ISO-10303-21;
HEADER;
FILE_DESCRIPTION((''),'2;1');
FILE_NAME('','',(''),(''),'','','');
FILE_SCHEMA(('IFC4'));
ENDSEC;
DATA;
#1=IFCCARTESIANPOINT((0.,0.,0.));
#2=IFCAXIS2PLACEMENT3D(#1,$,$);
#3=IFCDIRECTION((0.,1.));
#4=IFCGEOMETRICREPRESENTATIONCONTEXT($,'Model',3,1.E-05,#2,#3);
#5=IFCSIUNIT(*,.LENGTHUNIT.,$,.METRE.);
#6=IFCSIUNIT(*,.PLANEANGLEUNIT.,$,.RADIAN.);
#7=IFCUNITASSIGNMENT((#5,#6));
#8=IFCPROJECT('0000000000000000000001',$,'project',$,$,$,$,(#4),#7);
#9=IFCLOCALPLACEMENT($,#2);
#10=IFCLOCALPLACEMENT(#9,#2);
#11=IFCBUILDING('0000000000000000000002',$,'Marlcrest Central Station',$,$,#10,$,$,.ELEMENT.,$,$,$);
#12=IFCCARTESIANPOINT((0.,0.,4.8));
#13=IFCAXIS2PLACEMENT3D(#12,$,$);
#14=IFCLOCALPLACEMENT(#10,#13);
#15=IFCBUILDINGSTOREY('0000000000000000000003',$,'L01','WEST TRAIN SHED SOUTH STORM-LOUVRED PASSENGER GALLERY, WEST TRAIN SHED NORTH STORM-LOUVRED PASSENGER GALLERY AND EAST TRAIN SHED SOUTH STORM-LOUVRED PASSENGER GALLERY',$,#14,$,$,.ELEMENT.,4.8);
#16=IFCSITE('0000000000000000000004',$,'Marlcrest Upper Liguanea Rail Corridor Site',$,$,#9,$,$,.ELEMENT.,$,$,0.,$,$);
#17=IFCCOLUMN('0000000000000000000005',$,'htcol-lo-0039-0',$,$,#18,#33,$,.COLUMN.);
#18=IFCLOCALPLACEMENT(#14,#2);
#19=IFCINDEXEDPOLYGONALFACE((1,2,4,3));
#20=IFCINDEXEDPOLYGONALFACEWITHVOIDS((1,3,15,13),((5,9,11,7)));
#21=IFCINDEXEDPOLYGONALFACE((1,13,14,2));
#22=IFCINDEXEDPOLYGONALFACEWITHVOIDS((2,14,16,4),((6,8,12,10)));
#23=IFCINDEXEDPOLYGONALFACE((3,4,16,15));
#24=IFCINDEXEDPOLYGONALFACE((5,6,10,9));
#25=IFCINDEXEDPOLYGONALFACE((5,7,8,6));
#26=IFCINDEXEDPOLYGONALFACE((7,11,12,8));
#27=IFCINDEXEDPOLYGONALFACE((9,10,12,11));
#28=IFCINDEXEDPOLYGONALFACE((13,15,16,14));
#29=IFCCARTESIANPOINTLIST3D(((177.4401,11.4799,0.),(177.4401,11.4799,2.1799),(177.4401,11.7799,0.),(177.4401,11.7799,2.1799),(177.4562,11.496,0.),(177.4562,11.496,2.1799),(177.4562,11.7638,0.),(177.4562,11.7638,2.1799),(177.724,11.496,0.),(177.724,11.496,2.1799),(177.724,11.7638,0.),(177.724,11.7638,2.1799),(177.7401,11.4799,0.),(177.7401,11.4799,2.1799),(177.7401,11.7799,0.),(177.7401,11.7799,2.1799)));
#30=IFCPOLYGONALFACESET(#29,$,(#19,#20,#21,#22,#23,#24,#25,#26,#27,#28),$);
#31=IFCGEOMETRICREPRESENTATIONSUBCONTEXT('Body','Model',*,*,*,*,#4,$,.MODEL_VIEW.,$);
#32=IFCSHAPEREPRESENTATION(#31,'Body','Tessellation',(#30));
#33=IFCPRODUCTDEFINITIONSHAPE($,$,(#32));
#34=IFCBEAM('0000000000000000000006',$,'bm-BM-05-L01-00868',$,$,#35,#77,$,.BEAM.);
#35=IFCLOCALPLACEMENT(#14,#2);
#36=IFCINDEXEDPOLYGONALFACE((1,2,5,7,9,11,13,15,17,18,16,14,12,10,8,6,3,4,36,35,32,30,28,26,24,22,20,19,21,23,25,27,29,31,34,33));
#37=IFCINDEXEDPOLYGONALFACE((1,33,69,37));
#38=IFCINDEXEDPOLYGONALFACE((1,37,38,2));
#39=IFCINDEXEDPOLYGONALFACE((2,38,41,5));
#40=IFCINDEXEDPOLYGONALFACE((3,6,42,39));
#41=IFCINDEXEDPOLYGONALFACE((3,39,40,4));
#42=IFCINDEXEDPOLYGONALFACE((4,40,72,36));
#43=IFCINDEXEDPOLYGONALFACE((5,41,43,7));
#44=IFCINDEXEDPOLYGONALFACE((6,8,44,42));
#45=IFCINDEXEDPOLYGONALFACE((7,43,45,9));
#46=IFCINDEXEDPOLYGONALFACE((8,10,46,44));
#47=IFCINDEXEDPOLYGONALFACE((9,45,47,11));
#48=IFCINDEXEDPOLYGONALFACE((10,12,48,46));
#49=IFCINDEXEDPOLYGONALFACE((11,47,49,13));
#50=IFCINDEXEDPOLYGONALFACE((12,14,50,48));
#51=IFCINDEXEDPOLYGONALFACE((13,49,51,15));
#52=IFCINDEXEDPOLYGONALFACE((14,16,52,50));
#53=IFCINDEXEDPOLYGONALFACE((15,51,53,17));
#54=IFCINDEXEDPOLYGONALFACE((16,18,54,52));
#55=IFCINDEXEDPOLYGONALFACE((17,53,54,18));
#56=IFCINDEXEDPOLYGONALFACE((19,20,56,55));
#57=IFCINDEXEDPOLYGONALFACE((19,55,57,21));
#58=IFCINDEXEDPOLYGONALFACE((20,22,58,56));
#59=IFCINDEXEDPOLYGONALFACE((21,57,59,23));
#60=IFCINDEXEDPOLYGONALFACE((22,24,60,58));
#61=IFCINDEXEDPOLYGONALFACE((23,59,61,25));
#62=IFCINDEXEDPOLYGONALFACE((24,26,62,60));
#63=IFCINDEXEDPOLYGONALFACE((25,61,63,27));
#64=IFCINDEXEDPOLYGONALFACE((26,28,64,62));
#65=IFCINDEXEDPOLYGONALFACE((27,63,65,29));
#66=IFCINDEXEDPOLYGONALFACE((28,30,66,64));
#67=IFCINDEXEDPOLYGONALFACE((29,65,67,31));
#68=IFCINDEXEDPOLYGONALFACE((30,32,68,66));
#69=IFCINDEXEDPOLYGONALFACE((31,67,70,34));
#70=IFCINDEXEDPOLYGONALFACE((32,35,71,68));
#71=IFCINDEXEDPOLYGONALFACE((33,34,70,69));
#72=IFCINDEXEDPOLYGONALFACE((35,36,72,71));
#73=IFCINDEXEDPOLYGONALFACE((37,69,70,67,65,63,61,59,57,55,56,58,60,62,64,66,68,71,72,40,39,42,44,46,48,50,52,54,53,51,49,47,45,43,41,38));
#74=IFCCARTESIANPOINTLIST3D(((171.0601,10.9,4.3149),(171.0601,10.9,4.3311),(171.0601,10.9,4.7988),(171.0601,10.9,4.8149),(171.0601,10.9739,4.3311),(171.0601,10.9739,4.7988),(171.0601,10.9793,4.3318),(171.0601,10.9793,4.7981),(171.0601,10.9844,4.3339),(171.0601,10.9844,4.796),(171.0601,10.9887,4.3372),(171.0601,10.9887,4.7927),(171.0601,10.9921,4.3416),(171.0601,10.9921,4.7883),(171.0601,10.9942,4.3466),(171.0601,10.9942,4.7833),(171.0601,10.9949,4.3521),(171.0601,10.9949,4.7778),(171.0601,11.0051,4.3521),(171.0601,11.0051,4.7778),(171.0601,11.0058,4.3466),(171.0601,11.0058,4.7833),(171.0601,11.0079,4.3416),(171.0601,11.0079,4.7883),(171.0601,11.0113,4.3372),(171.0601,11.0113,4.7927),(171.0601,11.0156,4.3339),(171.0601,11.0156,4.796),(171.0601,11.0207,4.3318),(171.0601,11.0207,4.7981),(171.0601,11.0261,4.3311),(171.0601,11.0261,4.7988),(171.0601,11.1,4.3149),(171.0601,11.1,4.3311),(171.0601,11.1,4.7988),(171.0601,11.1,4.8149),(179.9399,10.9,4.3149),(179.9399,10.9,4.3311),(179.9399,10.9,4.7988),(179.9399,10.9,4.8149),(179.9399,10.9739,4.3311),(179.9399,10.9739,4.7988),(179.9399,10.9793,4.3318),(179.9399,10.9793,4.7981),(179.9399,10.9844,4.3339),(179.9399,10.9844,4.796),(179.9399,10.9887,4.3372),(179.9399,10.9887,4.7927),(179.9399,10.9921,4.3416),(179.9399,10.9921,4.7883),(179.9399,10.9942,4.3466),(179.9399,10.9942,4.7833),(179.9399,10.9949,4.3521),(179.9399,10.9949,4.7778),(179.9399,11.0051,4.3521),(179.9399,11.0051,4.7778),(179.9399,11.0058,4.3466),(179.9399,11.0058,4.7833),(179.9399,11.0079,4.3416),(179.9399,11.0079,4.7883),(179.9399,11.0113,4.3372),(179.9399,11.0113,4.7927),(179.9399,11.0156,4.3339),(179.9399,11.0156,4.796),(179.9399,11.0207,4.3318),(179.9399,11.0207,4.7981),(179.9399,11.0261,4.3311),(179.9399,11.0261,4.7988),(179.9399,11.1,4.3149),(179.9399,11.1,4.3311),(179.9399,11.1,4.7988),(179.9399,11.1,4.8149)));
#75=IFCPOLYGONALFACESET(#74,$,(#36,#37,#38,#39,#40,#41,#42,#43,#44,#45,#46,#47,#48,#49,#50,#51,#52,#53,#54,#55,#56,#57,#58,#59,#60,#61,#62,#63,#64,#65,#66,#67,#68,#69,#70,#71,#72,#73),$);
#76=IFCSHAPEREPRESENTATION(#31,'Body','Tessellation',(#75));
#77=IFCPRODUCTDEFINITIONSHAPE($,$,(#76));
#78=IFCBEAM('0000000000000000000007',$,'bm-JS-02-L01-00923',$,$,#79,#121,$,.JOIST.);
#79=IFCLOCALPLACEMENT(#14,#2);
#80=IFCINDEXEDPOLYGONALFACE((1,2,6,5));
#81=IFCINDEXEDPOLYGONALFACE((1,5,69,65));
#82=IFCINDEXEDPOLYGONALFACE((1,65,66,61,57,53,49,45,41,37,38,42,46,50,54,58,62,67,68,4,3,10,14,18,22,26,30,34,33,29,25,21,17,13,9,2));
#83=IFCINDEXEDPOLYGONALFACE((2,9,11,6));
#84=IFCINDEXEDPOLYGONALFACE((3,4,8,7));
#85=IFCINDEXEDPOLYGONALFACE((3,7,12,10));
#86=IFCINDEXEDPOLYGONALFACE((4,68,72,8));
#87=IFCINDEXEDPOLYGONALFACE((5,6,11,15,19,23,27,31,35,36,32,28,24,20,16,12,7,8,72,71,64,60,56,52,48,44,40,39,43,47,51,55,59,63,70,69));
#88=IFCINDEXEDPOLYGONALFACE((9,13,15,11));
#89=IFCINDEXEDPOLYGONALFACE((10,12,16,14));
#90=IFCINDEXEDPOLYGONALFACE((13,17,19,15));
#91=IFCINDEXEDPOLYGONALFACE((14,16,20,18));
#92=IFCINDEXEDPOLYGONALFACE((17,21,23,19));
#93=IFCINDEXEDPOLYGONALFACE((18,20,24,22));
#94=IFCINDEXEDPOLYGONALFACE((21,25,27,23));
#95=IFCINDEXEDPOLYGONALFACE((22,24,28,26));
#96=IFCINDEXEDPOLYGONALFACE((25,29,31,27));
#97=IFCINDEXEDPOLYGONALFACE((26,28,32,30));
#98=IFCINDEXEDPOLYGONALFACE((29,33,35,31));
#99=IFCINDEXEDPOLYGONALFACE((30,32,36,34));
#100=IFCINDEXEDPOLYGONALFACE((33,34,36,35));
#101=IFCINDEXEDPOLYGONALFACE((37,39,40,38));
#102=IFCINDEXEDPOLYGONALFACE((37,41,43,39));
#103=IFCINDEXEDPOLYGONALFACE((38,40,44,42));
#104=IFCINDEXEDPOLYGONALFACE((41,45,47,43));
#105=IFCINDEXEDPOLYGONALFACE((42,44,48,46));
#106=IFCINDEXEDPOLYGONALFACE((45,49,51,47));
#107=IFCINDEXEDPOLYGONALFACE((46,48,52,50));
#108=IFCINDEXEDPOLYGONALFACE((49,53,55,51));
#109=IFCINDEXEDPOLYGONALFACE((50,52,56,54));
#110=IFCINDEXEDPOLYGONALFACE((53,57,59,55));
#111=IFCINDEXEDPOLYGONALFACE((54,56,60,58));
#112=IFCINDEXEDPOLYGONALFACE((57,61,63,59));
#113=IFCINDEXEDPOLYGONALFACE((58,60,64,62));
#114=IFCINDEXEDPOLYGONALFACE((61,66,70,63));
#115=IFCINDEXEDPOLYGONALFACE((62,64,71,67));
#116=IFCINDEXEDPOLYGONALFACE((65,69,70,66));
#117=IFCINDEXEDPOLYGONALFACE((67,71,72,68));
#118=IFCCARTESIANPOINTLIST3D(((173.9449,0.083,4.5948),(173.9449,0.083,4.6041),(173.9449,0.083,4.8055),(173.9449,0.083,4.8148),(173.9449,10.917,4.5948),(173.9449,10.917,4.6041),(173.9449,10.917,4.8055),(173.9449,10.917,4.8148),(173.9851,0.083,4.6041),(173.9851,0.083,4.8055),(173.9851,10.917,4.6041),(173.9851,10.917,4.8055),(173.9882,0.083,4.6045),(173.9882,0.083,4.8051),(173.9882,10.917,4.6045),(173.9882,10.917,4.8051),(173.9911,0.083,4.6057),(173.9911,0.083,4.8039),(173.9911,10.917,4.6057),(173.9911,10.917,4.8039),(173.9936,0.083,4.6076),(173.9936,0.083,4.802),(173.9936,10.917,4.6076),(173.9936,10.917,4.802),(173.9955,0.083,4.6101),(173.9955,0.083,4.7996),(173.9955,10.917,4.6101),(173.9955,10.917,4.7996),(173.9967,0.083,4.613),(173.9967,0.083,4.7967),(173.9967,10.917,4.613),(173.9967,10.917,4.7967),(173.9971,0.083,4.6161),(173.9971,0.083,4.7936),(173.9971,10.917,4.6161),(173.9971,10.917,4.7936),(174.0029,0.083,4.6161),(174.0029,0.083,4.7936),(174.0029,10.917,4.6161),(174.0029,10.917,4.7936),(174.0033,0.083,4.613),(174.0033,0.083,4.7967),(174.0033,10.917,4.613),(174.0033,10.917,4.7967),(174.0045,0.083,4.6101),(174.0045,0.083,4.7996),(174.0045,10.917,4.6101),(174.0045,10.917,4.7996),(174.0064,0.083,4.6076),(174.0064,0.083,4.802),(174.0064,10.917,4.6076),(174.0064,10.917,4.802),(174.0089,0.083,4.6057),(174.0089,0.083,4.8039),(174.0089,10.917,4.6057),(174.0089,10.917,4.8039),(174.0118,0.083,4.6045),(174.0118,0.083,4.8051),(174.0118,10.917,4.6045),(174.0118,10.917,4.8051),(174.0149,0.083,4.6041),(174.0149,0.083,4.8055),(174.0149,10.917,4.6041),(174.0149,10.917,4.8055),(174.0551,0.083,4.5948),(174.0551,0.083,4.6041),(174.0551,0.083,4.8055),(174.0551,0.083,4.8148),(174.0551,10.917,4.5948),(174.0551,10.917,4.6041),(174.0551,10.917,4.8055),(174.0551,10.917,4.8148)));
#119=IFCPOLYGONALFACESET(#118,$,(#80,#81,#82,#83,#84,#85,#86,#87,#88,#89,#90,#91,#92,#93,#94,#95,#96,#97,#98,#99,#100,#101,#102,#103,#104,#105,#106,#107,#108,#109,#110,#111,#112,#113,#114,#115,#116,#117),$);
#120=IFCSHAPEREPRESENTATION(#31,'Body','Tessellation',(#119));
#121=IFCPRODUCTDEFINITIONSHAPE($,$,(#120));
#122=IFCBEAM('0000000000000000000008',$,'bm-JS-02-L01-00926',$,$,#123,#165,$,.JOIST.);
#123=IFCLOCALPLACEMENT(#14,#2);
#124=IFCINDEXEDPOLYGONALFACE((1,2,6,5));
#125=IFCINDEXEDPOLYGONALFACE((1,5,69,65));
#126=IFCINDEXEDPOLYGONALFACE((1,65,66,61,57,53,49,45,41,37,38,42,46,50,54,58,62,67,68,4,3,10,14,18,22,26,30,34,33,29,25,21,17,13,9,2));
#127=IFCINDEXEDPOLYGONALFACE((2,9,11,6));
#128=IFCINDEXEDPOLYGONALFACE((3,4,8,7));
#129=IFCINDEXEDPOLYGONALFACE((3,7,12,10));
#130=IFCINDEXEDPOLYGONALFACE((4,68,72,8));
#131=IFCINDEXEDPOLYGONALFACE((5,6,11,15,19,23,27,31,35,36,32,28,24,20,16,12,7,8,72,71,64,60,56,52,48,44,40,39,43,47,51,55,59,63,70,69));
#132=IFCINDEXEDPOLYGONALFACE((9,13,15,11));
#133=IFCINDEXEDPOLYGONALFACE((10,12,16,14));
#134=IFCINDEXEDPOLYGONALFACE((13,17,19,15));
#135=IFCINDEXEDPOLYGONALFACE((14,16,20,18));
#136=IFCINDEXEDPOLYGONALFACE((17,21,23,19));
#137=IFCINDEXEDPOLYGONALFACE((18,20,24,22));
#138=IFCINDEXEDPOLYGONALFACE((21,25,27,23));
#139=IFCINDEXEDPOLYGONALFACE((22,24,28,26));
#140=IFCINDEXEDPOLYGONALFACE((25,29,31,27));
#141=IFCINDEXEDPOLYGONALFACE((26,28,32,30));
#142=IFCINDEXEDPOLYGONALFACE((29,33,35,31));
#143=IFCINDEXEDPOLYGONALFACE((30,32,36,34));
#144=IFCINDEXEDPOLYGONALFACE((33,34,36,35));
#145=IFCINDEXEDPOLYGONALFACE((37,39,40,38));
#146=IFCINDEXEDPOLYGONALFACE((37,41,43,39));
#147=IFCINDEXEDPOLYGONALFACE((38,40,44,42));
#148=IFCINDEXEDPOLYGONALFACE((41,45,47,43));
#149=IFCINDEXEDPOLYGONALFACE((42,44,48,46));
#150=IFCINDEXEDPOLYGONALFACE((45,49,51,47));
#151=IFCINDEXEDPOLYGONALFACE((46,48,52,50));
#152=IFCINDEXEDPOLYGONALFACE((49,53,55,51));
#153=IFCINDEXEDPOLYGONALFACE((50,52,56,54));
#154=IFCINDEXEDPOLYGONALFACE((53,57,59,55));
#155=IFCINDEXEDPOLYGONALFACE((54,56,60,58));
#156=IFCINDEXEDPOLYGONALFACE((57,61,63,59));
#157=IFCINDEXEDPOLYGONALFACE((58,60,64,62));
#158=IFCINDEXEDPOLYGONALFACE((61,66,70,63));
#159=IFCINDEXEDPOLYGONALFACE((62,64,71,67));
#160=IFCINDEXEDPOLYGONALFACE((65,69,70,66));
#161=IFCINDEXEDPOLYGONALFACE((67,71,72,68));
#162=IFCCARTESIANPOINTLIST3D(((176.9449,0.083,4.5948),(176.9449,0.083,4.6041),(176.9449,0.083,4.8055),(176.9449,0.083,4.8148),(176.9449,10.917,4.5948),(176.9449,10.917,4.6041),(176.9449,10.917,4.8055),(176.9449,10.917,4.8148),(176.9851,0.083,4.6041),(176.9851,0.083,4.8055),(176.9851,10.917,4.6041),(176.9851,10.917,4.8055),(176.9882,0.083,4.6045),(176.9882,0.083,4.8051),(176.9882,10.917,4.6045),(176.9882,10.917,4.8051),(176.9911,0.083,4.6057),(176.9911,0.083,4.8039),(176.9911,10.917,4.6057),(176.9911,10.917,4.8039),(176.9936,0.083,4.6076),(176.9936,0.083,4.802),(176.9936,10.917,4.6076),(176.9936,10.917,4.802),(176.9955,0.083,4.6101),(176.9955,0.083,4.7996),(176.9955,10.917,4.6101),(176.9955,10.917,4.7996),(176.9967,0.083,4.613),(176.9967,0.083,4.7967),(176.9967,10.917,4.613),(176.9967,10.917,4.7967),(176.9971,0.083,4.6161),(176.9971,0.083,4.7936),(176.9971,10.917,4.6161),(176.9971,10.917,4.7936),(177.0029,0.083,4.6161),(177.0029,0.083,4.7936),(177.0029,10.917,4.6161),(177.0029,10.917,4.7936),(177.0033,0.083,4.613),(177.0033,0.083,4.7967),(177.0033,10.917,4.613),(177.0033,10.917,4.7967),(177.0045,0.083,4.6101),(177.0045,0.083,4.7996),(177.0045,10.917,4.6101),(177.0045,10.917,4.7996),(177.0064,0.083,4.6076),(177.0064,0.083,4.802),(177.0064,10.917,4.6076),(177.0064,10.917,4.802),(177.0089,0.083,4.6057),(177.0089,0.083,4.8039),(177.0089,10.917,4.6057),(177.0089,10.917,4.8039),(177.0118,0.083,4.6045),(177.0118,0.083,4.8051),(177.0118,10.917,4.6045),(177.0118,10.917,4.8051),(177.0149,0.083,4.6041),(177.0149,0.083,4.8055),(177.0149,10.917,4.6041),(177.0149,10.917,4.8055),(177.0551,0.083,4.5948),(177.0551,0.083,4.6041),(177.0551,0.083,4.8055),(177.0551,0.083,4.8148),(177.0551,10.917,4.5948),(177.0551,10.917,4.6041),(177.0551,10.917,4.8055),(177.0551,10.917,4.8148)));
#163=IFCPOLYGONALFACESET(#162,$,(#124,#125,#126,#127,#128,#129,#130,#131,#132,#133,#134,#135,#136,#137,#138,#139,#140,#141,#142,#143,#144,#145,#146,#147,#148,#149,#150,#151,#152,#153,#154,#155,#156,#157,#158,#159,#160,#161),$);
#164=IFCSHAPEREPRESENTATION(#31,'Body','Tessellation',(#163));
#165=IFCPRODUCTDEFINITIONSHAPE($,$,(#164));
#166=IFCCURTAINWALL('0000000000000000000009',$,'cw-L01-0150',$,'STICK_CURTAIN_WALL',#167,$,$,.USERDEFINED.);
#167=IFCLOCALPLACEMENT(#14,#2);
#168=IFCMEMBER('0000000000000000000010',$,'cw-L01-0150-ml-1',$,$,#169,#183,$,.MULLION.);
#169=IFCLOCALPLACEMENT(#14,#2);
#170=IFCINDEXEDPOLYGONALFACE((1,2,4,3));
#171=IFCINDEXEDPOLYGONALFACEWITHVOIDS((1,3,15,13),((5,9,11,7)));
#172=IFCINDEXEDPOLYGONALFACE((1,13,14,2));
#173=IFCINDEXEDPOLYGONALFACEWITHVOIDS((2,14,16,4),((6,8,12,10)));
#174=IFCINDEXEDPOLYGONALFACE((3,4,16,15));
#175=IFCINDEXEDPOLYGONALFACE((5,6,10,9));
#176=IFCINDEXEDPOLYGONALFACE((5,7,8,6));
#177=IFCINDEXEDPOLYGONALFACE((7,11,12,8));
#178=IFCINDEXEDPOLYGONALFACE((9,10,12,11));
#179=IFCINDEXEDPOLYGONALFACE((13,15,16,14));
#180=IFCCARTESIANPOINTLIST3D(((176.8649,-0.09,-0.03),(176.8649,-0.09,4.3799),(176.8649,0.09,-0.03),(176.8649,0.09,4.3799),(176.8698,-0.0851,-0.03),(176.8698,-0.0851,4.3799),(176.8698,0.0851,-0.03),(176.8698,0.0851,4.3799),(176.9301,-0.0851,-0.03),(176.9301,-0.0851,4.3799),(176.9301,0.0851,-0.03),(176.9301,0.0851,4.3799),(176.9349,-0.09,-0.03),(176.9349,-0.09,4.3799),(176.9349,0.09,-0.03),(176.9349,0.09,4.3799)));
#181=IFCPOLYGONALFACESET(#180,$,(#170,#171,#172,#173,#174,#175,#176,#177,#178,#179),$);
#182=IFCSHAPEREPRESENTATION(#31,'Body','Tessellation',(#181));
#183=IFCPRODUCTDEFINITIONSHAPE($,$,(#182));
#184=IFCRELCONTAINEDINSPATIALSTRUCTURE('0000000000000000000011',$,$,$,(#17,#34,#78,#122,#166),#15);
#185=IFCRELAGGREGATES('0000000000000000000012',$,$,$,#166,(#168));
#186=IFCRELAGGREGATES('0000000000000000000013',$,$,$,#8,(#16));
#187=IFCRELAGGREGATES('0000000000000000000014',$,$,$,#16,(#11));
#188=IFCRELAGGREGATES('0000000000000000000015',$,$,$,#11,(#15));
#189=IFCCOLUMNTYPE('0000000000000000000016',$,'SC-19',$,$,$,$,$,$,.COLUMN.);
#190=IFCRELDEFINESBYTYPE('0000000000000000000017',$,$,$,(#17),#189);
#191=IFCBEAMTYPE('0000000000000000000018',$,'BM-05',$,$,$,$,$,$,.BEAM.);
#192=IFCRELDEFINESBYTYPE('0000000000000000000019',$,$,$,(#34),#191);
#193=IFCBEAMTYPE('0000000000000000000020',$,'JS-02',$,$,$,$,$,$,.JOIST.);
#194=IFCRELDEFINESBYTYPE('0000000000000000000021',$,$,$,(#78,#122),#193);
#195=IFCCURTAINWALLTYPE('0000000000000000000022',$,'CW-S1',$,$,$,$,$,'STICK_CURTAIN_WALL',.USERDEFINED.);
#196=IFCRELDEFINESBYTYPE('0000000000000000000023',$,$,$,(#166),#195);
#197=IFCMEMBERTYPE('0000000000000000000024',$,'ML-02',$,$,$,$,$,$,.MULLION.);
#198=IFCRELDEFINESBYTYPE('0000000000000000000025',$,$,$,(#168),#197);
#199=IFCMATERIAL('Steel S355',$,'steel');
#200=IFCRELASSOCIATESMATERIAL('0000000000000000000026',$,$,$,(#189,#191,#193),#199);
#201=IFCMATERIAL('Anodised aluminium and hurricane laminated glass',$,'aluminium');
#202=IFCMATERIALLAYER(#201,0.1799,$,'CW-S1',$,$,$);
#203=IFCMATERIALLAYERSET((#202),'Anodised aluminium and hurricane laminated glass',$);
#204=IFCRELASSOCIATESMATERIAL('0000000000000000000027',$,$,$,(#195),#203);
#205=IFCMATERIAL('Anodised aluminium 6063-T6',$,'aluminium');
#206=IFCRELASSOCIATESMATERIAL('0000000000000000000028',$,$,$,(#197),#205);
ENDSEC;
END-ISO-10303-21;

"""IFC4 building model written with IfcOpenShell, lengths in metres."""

from ifc_helpers import new_model, si_unit, direction, frame, origin, origin_2d, place, context, subcontext, project, spatial, hollow_rectangle, i_section, extrude, material, layer, layer_set, material_profile, profile_set, type_object, element, aggregate, save


model = new_model("IFC4")

# Units and contexts
model_context = context("Model", 3, precision=1e-05, world=origin(), true_north=direction((0.0, 1.0)))
body_context = subcontext(model_context, "Body", "Model", "MODEL_VIEW")
ifc_project = project(units=[si_unit("LENGTHUNIT", "METRE"), si_unit("PLANEANGLEUNIT", "RADIAN")], contexts=[model_context])

# Site, building, storey
site_placement = place(None, origin())
site = spatial("IfcSite", under=ifc_project, at=site_placement, Name="Marlcrest Upper Liguanea Rail Corridor Site", CompositionType="ELEMENT", RefElevation=0.0)
building_placement = place(site_placement, origin())
building = spatial("IfcBuilding", under=site, at=building_placement, Name="Marlcrest Central Station", CompositionType="ELEMENT")
storey_placement = place(building_placement, frame((0.0, 0.0, 4.8)))
storey = spatial("IfcBuildingStorey", under=building, at=storey_placement, Name="L01", Description="WEST TRAIN SHED SOUTH STORM-LOUVRED PASSENGER GALLERY, WEST TRAIN SHED NORTH STORM-LOUVRED PASSENGER GALLERY AND EAST TRAIN SHED SOUTH STORM-LOUVRED PASSENGER GALLERY", CompositionType="ELEMENT", Elevation=4.8)

# Column
ifc_material_1 = material(Name="Steel S355", Category="steel")
ifc_material_profile_1 = material_profile(ifc_material_1, hollow_rectangle(XDim=0.3, YDim=0.3, WallThickness=0.0161, at=origin_2d()), Name="SHS 300x300x16")
ifc_profile_set_1 = profile_set([ifc_material_profile_1], Name="Steel S355")
column_type = type_object("IfcColumnType", Name="SC-19", PredefinedType="COLUMN", material=ifc_profile_set_1)
column_placement = place(storey_placement, frame((177.5901, 11.6299, 0.0), z_axis=(0.0, 0.0, 1.0), x_axis=(1.0, 0.0, 0.0)))
element("IfcColumn", 1, at=column_placement, inside=storey, type_object=column_type, Name="htcol-lo-0039-0", PredefinedType="COLUMN", context=body_context, shape_type="SweptSolid", body=[
    extrude(hollow_rectangle(XDim=0.3, YDim=0.3, WallThickness=0.0161, at=origin_2d()), origin(), (0.0, 0.0, 1.0), 2.1799),
])

# Beams
ifc_material_profile_2 = material_profile(ifc_material_1, i_section(OverallWidth=0.2, OverallDepth=0.5, WebThickness=0.0103, FlangeThickness=0.0161, FilletRadius=0.021, at=origin_2d()), Name="IPE 500")
ifc_profile_set_2 = profile_set([ifc_material_profile_2], Name="Steel S355")
beam_type_1 = type_object("IfcBeamType", Name="BM-05", PredefinedType="BEAM", material=ifc_profile_set_2)
beam_placement = place(storey_placement, frame((171.0601, 11.0, 4.5649), z_axis=(1.0, 0.0, 0.0), x_axis=(0.0, 1.0, 0.0)))
element("IfcBeam", 2, at=beam_placement, inside=storey, type_object=beam_type_1, Name="bm-BM-05-L01-00868", PredefinedType="BEAM", context=body_context, shape_type="SweptSolid", body=[
    extrude(i_section(OverallWidth=0.2, OverallDepth=0.5, WebThickness=0.0103, FlangeThickness=0.0161, FilletRadius=0.021, at=origin_2d()), origin(), (0.0, 0.0, 1.0), 8.8799),
])
ifc_material_profile_3 = material_profile(ifc_material_1, i_section(OverallWidth=0.1101, OverallDepth=0.22, WebThickness=0.0059, FlangeThickness=0.0093, FilletRadius=0.012, at=origin_2d()), Name="IPE 220")
ifc_profile_set_3 = profile_set([ifc_material_profile_3], Name="Steel S355")
beam_type_2 = type_object("IfcBeamType", Name="JS-02", PredefinedType="JOIST", material=ifc_profile_set_3)
for number, where, z_axis, x_axis, name in (
    (3, (174.0, 0.083, 4.7048), (0.0, 1.0, 0.0), (-1.0, 0.0, 0.0), "bm-JS-02-L01-00923"),
    (4, (177.0, 0.083, 4.7048), (0.0, 1.0, 0.0), (-1.0, 0.0, 0.0), "bm-JS-02-L01-00926"),
):
    element("IfcBeam", number, at=place(storey_placement, frame(where, z_axis=z_axis, x_axis=x_axis)), inside=storey, type_object=beam_type_2, Name=name, PredefinedType="JOIST", context=body_context, shape_type="SweptSolid", body=[
        extrude(i_section(OverallWidth=0.1101, OverallDepth=0.22, WebThickness=0.0059, FlangeThickness=0.0093, FilletRadius=0.012, at=origin_2d()), origin(), (0.0, 0.0, 1.0), 10.834),
    ])

# Curtain wall, member
ifc_material_2 = material(Name="Anodised aluminium and hurricane laminated glass", Category="aluminium")
ifc_layer_1 = layer(ifc_material_2, 0.1799, Name="CW-S1")
ifc_layer_set_1 = layer_set([ifc_layer_1], Name="Anodised aluminium and hurricane laminated glass")
curtain_wall_type = type_object("IfcCurtainWallType", Name="CW-S1", ElementType="STICK_CURTAIN_WALL", PredefinedType="USERDEFINED", material=ifc_layer_set_1)
curtain_wall_placement = place(storey_placement, origin())
curtain_wall = element("IfcCurtainWall", 5, at=curtain_wall_placement, inside=storey, type_object=curtain_wall_type, Name="cw-L01-0150", ObjectType="STICK_CURTAIN_WALL", PredefinedType="USERDEFINED")
ifc_material_3 = material(Name="Anodised aluminium 6063-T6", Category="aluminium")
ifc_material_profile_4 = material_profile(ifc_material_3, hollow_rectangle(XDim=0.0701, YDim=0.1799, WallThickness=0.0049, at=origin_2d()), Name="AA-RHS 180x70x5")
ifc_profile_set_4 = profile_set([ifc_material_profile_4], Name="Anodised aluminium 6063-T6")
member_type_1 = type_object("IfcMemberType", Name="ML-02", PredefinedType="MULLION", material=ifc_profile_set_4)
member_1_placement = place(storey_placement, frame((176.8999, 0.0, -0.03), z_axis=(0.0, 0.0, 1.0), x_axis=(1.0, 0.0, 0.0)))
member_1 = element("IfcMember", 6, at=member_1_placement, type_object=member_type_1, Name="cw-L01-0150-ml-1", PredefinedType="MULLION", context=body_context, shape_type="SweptSolid", body=[
    extrude(hollow_rectangle(XDim=0.0701, YDim=0.1799, WallThickness=0.0049, at=origin_2d()), origin(), (0.0, 0.0, 1.0), 4.4099),
])
aggregate(curtain_wall, [member_1])

save(model, "model.ifc")
